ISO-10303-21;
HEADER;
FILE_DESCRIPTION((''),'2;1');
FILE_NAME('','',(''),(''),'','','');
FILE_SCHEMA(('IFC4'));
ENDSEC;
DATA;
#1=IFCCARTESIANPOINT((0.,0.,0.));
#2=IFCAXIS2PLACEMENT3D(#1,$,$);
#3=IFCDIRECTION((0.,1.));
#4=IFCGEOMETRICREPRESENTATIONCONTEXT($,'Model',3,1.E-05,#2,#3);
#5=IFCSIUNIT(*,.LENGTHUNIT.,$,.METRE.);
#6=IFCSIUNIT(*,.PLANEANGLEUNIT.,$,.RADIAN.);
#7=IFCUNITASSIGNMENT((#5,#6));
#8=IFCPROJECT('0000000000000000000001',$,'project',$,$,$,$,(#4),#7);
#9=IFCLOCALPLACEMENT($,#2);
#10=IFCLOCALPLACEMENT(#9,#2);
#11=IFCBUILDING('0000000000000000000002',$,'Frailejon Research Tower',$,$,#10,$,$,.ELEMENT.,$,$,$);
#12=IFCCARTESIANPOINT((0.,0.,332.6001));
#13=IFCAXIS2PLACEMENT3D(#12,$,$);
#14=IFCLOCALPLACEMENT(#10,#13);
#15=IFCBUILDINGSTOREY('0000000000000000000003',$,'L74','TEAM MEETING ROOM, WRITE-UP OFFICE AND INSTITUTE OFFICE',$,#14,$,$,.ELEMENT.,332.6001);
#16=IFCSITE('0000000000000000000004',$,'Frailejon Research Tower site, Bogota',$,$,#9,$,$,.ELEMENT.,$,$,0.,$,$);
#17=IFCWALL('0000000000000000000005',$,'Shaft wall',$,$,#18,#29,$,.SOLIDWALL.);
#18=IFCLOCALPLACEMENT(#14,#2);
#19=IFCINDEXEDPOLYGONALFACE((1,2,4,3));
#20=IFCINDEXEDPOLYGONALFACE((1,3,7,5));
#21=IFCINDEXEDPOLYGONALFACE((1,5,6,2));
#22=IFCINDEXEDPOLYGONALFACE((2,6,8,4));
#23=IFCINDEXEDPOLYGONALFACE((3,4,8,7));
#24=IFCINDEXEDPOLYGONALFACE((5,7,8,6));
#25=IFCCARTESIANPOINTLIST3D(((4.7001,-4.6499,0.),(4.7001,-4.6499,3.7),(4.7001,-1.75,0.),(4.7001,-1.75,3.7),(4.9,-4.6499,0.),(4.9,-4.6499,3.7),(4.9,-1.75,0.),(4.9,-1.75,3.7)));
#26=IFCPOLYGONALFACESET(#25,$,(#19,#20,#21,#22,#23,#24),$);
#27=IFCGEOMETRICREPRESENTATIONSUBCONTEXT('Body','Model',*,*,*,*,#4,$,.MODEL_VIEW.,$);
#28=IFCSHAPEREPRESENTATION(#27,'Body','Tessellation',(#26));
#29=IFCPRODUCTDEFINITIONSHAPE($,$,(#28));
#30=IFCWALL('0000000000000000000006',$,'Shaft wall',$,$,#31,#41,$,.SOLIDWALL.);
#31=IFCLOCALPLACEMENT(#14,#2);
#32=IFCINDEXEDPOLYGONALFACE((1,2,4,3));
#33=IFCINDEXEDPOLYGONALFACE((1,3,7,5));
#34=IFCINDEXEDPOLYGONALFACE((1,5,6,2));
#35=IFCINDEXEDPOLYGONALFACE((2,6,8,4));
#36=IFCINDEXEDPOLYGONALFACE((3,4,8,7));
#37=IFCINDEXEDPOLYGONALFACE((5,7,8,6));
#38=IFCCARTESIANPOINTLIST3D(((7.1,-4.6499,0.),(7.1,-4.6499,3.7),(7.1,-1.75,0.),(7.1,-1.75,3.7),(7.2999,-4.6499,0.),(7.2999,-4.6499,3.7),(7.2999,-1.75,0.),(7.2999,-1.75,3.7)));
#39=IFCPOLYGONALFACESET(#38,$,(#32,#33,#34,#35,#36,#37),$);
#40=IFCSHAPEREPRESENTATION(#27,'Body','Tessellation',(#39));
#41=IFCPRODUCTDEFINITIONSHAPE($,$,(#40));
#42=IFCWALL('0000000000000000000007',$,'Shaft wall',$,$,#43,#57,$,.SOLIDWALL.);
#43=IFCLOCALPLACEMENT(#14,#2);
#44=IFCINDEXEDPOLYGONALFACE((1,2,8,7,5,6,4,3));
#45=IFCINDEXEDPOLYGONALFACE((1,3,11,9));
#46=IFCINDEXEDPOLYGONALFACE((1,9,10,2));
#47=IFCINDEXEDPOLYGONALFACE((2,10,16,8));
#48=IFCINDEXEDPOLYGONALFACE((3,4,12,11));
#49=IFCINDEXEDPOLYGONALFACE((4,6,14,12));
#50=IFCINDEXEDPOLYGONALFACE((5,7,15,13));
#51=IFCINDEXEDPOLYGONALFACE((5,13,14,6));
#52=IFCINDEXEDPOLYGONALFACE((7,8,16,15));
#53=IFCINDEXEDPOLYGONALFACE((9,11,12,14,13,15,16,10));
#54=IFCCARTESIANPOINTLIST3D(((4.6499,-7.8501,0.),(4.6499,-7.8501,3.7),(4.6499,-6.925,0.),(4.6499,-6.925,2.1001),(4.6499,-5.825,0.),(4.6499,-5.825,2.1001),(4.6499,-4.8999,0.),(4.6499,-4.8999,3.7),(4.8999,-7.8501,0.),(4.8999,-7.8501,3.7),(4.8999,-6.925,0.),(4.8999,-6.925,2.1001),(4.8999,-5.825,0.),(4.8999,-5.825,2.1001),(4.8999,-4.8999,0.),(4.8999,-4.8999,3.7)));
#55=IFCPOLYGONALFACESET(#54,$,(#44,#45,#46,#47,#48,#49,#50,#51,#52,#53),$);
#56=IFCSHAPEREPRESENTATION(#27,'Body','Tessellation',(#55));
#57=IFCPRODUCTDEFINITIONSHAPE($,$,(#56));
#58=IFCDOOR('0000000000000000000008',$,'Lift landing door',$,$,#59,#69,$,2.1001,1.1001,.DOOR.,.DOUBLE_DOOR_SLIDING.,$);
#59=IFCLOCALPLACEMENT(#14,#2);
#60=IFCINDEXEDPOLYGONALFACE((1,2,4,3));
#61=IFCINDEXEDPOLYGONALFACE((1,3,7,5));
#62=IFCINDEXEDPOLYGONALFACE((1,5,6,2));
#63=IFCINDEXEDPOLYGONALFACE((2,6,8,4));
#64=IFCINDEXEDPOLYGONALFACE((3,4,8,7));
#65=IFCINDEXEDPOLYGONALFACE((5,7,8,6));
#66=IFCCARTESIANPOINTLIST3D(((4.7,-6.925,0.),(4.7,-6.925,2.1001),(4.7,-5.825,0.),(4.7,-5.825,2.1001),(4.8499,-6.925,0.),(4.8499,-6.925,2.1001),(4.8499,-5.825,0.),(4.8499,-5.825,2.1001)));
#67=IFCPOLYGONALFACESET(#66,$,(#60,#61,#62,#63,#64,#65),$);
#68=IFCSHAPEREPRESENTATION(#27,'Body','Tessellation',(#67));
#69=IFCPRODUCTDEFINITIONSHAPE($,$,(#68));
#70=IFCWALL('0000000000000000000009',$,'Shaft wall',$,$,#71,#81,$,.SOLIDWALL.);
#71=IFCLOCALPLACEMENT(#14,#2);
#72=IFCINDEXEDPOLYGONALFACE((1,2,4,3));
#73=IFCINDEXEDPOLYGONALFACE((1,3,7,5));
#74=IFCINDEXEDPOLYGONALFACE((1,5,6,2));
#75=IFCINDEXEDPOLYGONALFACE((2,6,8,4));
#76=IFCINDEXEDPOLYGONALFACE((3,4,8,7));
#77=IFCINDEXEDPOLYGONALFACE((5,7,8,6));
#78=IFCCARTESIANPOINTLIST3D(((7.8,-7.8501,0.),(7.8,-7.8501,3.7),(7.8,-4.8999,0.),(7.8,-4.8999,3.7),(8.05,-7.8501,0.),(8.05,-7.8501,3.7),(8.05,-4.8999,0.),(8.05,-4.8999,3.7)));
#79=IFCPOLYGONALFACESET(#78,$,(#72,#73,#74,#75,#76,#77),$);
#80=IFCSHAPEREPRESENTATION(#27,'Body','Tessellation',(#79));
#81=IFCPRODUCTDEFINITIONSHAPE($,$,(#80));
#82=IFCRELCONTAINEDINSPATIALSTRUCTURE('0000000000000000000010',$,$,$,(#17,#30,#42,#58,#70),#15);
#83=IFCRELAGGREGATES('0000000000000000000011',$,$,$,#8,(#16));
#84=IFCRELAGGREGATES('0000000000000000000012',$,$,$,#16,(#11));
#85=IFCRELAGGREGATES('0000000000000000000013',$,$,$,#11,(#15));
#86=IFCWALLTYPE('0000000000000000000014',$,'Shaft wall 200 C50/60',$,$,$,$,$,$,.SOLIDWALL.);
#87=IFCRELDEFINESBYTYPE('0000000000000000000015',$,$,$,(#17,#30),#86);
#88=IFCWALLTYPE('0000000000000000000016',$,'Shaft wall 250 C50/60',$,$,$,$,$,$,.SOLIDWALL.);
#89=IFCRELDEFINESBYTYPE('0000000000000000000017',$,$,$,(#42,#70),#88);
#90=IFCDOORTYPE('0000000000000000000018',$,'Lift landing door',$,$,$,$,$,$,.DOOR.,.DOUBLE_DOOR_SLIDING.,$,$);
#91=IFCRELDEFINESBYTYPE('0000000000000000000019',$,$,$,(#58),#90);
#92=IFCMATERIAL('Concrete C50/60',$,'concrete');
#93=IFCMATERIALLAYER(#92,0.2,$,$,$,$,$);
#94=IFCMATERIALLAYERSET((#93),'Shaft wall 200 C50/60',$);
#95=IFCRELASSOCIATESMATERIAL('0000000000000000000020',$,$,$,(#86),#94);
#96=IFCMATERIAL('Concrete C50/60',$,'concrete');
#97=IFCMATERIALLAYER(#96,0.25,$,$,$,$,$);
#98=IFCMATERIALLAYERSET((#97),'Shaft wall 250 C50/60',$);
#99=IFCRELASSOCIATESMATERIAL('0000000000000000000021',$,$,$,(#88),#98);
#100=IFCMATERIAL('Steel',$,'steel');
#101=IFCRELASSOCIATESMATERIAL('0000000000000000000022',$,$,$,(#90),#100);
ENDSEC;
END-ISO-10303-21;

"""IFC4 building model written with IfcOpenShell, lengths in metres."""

from ifc_helpers import new_model, si_unit, direction, frame, frame_2d, origin, place, context, subcontext, project, spatial, rectangle, extrude, material, layer, layer_set, type_object, element, fill, save


model = new_model("IFC4")

# Units and contexts
model_context = context("Model", 3, precision=1e-05, world=origin(), true_north=direction((0.0, 1.0)))
body_context = subcontext(model_context, "Body", "Model", "MODEL_VIEW")
ifc_project = project(units=[si_unit("LENGTHUNIT", "METRE"), si_unit("PLANEANGLEUNIT", "RADIAN")], contexts=[model_context])

# Site, building, storey
site_placement = place(None, origin())
site = spatial("IfcSite", under=ifc_project, at=site_placement, Name="Frailejon Research Tower site, Bogota", CompositionType="ELEMENT", RefElevation=0.0)
building_placement = place(site_placement, origin())
building = spatial("IfcBuilding", under=site, at=building_placement, Name="Frailejon Research Tower", CompositionType="ELEMENT")
storey_placement = place(building_placement, frame((0.0, 0.0, 332.6001)))
storey = spatial("IfcBuildingStorey", under=building, at=storey_placement, Name="L74", Description="TEAM MEETING ROOM, WRITE-UP OFFICE AND INSTITUTE OFFICE", CompositionType="ELEMENT", Elevation=332.6001)

# Walls
ifc_material_1 = material(Name="Concrete C50/60", Category="concrete")
ifc_layer_1 = layer(ifc_material_1, 0.2)
ifc_layer_set_1 = layer_set([ifc_layer_1], Name="Shaft wall 200 C50/60")
wall_type_1 = type_object("IfcWallType", Name="Shaft wall 200 C50/60", PredefinedType="SOLIDWALL", material=ifc_layer_set_1)
for number, where, z_axis, x_axis, name in (
    (1, (4.8, -4.6499, 0.0), (0.0, 0.0, 1.0), (0.0, 1.0, 0.0), "Shaft wall"),
    (2, (7.2, -4.6499, 0.0), (0.0, 0.0, 1.0), (0.0, 1.0, 0.0), "Shaft wall"),
):
    element("IfcWall", number, at=place(storey_placement, frame(where, z_axis=z_axis, x_axis=x_axis)), inside=storey, type_object=wall_type_1, Name=name, PredefinedType="SOLIDWALL", context=body_context, shape_type="SweptSolid", body=[
        extrude(rectangle(XDim=2.8999, YDim=0.2, at=frame_2d((1.45, 0.0))), origin(), (0.0, 0.0, 1.0), 3.7),
    ])

# Wall, opening, door
ifc_material_2 = material(Name="Concrete C50/60", Category="concrete")
ifc_layer_2 = layer(ifc_material_2, 0.25)
ifc_layer_set_2 = layer_set([ifc_layer_2], Name="Shaft wall 250 C50/60")
wall_type_2 = type_object("IfcWallType", Name="Shaft wall 250 C50/60", PredefinedType="SOLIDWALL", material=ifc_layer_set_2)
wall_1_placement = place(storey_placement, frame((4.7749, -7.8501, 0.0), z_axis=(0.0, 0.0, 1.0), x_axis=(0.0, 1.0, 0.0)))
wall_1 = element("IfcWall", 3, at=wall_1_placement, inside=storey, type_object=wall_type_2, Name="Shaft wall", PredefinedType="SOLIDWALL", context=body_context, shape_type="SweptSolid", body=[
    extrude(rectangle(XDim=2.9502, YDim=0.25, at=frame_2d((1.4751, 0.0))), origin(), (0.0, 0.0, 1.0), 3.7),
])
opening_1_placement = place(wall_1_placement, frame((0.925, 0.0, 0.0)))
opening_1 = element("IfcOpeningElement", 4, at=opening_1_placement, cuts=wall_1, PredefinedType="OPENING", context=body_context, shape_type="SweptSolid", body=[
    extrude(rectangle(XDim=1.1001, YDim=2.1001, at=frame_2d((0.55, 1.05))), frame((0.0, 0.135, 0.0), z_axis=(0.0, -1.0, 0.0), x_axis=(1.0, 0.0, 0.0)), (0.0, 0.0, 1.0), 0.27),
])
ifc_material_3 = material(Name="Steel", Category="steel")
door_type_1 = type_object("IfcDoorType", Name="Lift landing door", OperationType="DOUBLE_DOOR_SLIDING", PredefinedType="DOOR", material=ifc_material_3)
door_1_placement = place(opening_1_placement, origin())
door_1 = element("IfcDoor", 5, at=door_1_placement, inside=storey, type_object=door_type_1, Name="Lift landing door", OperationType="DOUBLE_DOOR_SLIDING", OverallHeight=2.1001, OverallWidth=1.1001, PredefinedType="DOOR", context=body_context, shape_type="SweptSolid", body=[
    extrude(rectangle(XDim=1.1001, YDim=2.1001, at=frame_2d((0.55, 1.05))), frame((0.0, 0.075, 0.0), z_axis=(0.0, -1.0, 0.0), x_axis=(1.0, 0.0, 0.0)), (0.0, 0.0, 1.0), 0.1499),
])
fill(opening_1, door_1)

# Wall
wall_2_placement = place(storey_placement, frame((7.925, -7.8501, 0.0), z_axis=(0.0, 0.0, 1.0), x_axis=(0.0, 1.0, 0.0)))
element("IfcWall", 6, at=wall_2_placement, inside=storey, type_object=wall_type_2, Name="Shaft wall", PredefinedType="SOLIDWALL", context=body_context, shape_type="SweptSolid", body=[
    extrude(rectangle(XDim=2.9502, YDim=0.25, at=frame_2d((1.4751, 0.0))), origin(), (0.0, 0.0, 1.0), 3.7),
])

save(model, "model.ifc")
